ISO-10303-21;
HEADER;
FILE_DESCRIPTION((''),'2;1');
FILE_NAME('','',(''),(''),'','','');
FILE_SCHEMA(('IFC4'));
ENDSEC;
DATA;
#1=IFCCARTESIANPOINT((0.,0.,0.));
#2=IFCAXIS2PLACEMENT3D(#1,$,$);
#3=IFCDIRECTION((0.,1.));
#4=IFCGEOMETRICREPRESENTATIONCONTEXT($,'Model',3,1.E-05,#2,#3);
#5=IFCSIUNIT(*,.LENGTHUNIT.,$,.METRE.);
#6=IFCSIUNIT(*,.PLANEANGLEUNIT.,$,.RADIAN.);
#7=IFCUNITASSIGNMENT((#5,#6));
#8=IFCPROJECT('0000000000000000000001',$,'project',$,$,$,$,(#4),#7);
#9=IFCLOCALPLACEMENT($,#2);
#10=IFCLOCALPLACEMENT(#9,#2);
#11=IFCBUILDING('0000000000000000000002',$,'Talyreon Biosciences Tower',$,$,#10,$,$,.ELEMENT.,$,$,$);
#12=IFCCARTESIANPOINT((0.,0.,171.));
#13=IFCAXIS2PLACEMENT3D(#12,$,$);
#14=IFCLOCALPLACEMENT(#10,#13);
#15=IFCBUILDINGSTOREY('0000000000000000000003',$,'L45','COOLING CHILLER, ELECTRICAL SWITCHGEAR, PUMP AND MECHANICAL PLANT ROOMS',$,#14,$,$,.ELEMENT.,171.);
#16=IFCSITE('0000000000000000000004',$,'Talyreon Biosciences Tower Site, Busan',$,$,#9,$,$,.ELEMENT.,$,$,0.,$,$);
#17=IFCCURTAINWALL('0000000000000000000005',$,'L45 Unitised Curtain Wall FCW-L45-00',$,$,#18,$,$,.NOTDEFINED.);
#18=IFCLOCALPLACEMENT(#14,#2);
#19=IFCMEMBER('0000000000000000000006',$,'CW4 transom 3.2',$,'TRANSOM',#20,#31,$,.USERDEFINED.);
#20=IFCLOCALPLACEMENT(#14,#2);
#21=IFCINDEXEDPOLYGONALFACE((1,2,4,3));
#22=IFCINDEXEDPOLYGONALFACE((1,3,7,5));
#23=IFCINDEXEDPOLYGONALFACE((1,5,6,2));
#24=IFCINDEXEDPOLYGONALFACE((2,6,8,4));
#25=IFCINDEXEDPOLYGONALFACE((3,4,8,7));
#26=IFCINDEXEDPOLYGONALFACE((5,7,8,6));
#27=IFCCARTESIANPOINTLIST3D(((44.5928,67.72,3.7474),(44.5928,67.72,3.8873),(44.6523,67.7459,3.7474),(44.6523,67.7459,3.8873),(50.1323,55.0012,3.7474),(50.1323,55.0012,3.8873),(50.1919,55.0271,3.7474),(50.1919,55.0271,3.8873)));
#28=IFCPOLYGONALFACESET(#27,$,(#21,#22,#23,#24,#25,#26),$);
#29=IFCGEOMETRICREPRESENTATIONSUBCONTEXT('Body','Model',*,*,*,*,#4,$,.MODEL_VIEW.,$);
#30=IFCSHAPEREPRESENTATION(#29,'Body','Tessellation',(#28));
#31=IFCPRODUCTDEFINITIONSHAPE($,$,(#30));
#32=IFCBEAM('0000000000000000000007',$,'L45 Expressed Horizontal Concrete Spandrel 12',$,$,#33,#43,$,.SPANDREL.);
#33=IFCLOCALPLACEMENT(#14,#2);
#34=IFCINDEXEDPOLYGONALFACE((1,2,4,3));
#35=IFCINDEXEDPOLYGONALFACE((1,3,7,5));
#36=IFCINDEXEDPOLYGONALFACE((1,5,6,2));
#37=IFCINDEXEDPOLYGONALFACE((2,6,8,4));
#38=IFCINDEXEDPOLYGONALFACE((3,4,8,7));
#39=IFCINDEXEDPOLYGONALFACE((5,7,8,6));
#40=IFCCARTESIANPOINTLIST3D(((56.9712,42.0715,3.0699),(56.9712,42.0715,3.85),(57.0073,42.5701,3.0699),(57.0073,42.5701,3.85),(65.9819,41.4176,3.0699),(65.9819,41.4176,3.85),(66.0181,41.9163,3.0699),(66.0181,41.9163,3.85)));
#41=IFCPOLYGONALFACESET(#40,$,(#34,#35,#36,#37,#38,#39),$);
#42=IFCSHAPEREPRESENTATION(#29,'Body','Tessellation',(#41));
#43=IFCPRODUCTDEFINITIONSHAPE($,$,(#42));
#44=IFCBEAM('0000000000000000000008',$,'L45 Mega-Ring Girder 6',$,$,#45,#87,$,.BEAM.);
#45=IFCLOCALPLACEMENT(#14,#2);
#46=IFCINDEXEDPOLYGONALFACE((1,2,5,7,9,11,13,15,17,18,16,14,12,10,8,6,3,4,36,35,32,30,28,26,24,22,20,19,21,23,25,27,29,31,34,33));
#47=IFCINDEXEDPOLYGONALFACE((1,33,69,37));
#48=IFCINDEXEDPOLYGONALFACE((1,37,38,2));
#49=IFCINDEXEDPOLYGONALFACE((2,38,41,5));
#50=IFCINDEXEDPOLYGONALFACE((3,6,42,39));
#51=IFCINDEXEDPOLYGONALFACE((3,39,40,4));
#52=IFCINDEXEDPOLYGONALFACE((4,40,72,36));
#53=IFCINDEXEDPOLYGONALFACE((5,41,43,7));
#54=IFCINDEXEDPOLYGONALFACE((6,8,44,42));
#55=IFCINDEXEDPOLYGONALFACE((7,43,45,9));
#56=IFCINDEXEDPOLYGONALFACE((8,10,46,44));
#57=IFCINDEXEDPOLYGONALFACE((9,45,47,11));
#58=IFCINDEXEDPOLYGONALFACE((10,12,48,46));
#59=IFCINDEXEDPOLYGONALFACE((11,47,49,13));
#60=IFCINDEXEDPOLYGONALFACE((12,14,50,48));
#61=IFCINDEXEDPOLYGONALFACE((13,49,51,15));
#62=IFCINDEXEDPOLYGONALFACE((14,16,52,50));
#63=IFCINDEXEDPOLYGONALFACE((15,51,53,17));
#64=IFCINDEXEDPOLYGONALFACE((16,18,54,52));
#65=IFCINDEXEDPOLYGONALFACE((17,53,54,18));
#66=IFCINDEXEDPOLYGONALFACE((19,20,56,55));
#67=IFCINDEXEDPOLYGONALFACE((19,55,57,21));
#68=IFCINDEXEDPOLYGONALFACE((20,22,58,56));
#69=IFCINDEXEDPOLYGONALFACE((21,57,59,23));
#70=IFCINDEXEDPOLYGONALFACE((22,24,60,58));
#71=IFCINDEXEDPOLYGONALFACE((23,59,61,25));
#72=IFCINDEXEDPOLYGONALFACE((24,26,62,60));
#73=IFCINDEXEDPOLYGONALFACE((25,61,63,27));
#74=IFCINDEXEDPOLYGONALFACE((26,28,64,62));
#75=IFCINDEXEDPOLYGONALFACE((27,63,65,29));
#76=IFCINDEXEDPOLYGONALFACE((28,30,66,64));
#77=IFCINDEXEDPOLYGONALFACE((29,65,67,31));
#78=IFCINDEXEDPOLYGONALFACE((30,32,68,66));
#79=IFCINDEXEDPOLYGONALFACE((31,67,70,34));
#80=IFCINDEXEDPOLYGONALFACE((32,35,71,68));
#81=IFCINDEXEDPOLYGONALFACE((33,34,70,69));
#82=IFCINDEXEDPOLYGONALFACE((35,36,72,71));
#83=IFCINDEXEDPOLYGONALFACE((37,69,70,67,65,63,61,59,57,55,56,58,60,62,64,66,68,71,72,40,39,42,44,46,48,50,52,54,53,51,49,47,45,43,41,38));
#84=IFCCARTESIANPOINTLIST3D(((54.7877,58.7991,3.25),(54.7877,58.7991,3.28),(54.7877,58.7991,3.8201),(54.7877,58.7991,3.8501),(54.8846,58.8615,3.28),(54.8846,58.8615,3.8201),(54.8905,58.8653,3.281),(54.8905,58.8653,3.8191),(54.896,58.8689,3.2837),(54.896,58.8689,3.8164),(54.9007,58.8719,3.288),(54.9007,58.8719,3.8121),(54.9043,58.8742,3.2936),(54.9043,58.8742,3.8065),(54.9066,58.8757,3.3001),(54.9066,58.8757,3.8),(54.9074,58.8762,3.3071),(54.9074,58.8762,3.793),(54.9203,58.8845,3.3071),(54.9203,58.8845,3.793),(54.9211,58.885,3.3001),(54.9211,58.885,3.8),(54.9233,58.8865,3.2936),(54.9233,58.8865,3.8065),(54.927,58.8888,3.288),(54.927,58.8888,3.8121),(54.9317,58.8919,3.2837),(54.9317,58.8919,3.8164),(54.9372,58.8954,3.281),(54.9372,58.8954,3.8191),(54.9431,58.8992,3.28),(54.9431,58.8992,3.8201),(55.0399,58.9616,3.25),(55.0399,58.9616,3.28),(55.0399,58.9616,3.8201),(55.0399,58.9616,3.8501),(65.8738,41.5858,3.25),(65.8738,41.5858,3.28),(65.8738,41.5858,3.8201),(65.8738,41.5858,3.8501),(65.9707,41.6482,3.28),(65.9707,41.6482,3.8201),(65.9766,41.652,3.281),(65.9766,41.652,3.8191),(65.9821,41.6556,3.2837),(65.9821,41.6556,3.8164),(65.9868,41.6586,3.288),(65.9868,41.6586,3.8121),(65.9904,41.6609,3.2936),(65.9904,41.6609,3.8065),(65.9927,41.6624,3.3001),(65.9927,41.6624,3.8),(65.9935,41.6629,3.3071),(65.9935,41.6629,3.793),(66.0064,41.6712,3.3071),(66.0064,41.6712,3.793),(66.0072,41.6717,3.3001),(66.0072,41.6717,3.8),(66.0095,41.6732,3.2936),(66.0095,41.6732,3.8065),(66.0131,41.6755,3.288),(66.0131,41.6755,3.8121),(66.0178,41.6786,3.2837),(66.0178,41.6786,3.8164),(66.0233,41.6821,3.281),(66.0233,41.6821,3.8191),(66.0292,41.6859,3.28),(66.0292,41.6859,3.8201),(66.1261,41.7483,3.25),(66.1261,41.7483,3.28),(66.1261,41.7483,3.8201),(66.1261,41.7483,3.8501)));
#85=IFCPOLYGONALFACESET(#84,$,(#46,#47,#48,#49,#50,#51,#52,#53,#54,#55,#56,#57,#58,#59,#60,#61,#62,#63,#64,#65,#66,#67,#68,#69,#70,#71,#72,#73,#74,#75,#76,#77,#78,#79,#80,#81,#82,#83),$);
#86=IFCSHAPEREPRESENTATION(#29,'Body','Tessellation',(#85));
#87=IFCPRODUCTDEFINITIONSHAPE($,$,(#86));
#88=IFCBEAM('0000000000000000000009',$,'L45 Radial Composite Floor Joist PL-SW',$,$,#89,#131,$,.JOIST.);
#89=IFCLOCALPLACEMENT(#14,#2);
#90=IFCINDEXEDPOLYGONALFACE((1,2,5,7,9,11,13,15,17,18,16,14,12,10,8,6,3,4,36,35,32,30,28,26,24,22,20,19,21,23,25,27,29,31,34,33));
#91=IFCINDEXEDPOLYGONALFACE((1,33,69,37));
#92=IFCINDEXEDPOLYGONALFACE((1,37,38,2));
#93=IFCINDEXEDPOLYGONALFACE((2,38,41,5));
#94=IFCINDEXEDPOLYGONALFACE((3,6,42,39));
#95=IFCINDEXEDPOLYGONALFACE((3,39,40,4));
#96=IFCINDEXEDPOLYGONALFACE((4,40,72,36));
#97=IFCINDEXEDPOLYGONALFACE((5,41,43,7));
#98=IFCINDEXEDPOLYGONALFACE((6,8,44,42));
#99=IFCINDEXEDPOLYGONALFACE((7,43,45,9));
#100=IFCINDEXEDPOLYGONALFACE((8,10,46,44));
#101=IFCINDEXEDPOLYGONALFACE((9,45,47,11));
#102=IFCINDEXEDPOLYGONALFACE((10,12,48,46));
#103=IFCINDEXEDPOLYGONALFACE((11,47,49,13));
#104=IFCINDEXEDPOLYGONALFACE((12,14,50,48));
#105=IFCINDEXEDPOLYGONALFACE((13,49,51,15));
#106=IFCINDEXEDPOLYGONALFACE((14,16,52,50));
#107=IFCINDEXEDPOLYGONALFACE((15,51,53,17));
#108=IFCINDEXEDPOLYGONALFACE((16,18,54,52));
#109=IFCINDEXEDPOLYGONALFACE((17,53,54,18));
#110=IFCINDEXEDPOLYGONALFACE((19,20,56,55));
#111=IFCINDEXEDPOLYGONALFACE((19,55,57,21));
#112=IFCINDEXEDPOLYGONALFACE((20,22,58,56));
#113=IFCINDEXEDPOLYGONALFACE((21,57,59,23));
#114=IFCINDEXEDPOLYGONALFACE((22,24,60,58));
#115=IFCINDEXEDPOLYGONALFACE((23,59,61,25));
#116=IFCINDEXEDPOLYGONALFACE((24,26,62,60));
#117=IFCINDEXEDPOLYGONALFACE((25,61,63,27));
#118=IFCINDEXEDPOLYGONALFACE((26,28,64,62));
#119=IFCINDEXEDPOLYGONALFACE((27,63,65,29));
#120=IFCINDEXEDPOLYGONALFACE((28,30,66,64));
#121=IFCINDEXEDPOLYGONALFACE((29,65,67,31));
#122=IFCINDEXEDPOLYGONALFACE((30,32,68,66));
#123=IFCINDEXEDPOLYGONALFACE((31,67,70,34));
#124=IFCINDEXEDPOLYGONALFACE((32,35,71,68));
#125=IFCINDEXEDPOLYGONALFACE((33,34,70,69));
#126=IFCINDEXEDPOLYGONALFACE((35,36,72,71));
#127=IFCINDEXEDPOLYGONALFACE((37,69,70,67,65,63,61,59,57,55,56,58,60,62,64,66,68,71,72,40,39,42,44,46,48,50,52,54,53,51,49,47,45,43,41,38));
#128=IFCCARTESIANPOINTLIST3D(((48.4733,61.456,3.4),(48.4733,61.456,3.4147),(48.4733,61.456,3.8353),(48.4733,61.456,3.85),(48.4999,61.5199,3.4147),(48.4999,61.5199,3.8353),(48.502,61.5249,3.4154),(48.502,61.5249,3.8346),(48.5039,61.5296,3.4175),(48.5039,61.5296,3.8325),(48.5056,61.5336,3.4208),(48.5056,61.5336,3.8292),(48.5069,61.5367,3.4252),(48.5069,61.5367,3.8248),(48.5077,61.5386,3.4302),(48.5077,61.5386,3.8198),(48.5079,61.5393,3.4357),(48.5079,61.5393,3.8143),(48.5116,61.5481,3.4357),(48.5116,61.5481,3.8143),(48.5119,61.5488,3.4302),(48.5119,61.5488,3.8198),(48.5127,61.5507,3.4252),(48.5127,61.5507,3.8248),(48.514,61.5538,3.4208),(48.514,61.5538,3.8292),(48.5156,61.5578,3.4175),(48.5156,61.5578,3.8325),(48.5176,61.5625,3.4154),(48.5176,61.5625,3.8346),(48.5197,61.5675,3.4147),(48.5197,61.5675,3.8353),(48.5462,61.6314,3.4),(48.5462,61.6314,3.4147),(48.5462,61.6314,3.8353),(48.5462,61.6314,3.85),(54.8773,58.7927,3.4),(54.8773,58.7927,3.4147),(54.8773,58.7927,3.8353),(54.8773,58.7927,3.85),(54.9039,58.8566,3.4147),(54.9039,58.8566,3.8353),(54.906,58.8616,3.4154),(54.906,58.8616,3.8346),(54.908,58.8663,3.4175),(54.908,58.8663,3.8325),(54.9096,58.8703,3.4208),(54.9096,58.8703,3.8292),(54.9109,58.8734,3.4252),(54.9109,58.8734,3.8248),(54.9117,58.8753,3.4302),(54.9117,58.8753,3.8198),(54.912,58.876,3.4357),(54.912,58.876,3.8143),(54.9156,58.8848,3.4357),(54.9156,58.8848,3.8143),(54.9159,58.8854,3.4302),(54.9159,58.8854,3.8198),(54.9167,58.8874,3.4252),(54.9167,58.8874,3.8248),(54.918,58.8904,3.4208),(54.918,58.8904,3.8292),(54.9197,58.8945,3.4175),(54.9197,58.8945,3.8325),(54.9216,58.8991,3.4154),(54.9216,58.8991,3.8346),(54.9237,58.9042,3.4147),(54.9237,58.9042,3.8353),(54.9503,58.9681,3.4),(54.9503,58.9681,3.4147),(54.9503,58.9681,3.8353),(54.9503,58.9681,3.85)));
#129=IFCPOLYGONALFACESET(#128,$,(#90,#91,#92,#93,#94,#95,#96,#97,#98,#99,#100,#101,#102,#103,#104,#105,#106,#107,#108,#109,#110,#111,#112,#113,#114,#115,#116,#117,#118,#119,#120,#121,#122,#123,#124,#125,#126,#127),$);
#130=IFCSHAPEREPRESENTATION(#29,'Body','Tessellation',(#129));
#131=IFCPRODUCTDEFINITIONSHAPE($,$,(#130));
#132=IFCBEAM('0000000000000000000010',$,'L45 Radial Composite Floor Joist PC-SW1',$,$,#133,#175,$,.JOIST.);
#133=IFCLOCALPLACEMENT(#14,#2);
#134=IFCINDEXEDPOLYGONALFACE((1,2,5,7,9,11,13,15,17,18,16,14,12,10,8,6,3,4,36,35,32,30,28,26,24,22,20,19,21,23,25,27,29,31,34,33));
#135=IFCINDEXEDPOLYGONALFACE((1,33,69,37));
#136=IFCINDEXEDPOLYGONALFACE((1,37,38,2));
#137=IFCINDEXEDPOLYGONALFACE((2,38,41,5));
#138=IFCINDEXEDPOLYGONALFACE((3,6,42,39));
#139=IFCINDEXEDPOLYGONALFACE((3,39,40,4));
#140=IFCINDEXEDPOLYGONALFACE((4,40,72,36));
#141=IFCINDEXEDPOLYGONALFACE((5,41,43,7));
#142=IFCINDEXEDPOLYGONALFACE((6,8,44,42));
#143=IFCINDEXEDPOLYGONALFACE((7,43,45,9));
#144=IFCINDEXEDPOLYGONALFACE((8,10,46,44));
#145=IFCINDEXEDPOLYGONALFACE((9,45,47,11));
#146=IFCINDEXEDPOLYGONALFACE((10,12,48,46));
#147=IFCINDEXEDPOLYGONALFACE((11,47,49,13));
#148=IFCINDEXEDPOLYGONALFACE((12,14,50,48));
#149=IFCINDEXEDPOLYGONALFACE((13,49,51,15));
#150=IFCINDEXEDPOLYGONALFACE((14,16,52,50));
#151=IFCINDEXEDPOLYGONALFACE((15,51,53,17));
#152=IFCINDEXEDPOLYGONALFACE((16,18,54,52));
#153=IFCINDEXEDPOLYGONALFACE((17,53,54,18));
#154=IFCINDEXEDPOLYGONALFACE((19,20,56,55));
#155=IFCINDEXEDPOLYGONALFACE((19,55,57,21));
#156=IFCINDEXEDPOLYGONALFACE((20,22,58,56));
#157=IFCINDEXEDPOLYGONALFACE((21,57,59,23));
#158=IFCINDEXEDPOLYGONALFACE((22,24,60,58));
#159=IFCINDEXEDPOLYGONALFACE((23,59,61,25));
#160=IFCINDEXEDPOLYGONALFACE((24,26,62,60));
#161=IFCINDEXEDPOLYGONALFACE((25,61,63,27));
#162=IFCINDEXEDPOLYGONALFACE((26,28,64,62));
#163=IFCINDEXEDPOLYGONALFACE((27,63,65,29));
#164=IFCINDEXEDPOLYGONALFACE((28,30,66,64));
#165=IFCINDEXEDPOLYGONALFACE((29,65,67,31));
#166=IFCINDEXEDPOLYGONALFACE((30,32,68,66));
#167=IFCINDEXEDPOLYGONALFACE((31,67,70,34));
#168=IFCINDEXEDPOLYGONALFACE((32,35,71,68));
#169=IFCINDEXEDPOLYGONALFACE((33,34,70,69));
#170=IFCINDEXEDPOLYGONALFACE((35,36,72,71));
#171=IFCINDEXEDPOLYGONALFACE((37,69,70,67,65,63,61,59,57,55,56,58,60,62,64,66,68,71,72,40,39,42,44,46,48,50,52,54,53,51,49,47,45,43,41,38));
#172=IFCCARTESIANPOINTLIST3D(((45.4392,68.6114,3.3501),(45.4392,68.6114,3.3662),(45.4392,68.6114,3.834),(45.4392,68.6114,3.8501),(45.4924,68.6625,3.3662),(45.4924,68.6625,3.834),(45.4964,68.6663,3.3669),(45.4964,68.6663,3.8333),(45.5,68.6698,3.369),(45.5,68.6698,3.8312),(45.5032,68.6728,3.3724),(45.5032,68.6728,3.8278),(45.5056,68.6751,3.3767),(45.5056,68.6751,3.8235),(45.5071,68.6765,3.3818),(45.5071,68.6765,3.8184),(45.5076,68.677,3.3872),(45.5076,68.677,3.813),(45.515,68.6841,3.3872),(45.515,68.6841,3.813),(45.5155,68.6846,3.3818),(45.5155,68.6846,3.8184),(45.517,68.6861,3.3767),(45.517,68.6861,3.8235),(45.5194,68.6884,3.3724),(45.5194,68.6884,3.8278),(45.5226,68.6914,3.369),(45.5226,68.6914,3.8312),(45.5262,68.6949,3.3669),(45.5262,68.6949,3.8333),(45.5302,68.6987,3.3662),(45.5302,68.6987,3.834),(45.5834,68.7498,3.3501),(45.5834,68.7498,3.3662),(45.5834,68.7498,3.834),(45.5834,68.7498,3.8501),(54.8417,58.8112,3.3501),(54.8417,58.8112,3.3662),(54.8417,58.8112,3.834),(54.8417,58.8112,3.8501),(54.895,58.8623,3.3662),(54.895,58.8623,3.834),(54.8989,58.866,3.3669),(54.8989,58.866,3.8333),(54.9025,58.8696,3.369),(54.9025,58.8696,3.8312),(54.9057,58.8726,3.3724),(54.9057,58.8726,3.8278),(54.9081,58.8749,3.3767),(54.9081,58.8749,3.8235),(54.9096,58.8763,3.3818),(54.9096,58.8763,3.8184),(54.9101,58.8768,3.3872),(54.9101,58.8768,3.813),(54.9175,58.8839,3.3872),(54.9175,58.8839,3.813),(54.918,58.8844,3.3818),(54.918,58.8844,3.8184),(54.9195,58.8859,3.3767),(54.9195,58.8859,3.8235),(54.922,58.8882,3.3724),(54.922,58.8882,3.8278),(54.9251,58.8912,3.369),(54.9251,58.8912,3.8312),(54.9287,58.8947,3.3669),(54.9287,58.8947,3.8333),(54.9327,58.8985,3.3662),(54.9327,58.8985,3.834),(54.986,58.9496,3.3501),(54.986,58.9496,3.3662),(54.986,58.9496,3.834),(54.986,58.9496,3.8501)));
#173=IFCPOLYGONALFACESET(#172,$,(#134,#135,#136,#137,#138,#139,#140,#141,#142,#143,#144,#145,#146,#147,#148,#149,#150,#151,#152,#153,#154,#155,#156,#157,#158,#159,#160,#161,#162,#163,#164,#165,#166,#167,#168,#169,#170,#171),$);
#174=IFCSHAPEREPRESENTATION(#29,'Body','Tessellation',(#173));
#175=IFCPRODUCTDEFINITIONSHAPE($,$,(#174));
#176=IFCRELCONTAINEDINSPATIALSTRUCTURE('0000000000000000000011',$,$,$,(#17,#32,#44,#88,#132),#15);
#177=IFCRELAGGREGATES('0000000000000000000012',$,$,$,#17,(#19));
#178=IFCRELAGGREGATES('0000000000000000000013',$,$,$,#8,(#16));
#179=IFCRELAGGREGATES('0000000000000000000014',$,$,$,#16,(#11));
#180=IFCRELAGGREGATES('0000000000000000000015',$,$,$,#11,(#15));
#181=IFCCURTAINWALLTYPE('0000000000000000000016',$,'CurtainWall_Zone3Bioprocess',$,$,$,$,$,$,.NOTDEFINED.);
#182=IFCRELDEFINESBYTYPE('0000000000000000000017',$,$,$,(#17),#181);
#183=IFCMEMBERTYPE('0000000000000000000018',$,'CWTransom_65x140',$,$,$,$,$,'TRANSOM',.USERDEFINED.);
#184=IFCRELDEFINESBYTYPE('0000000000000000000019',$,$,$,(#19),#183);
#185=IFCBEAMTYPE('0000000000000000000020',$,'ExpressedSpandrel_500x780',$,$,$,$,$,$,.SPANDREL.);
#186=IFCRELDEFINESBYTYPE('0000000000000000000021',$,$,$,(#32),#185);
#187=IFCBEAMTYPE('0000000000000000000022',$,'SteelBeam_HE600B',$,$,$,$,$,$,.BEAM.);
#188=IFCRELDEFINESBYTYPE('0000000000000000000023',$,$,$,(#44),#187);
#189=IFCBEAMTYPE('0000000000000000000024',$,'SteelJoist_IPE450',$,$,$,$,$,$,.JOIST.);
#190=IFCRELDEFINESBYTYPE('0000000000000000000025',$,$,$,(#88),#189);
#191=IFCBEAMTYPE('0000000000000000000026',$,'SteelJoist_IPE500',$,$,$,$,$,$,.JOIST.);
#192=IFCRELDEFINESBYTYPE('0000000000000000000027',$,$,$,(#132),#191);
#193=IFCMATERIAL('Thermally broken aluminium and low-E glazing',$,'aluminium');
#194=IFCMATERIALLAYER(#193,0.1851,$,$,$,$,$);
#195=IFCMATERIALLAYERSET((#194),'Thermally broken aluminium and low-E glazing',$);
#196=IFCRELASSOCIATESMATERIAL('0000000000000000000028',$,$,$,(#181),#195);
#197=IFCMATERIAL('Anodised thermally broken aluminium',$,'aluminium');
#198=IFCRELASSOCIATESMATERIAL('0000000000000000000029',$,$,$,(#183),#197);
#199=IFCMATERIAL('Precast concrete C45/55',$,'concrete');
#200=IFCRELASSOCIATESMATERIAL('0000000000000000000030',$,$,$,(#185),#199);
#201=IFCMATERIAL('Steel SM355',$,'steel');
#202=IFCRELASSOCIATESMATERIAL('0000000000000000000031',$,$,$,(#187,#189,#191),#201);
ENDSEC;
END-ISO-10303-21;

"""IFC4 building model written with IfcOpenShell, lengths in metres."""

from ifc_helpers import new_model, si_unit, direction, frame, origin, origin_2d, place, context, subcontext, project, spatial, rectangle, i_section, extrude, material, layer, layer_set, material_profile, profile_set, type_object, element, aggregate, save


model = new_model("IFC4")

# Units and contexts
model_context = context("Model", 3, precision=1e-05, world=origin(), true_north=direction((0.0, 1.0)))
body_context = subcontext(model_context, "Body", "Model", "MODEL_VIEW")
ifc_project = project(units=[si_unit("LENGTHUNIT", "METRE"), si_unit("PLANEANGLEUNIT", "RADIAN")], contexts=[model_context])

# Site, building, storey
site_placement = place(None, origin())
site = spatial("IfcSite", under=ifc_project, at=site_placement, Name="Talyreon Biosciences Tower Site, Busan", CompositionType="ELEMENT", RefElevation=0.0)
building_placement = place(site_placement, origin())
building = spatial("IfcBuilding", under=site, at=building_placement, Name="Talyreon Biosciences Tower", CompositionType="ELEMENT")
storey_placement = place(building_placement, frame((0.0, 0.0, 171.0)))
storey = spatial("IfcBuildingStorey", under=building, at=storey_placement, Name="L45", Description="COOLING CHILLER, ELECTRICAL SWITCHGEAR, PUMP AND MECHANICAL PLANT ROOMS", CompositionType="ELEMENT", Elevation=171.0)

# Shared definitions
ifc_material_1 = material(Name="Steel SM355", Category="steel")

# Curtain wall, member
ifc_material_2 = material(Name="Thermally broken aluminium and low-E glazing", Category="aluminium")
ifc_layer_1 = layer(ifc_material_2, 0.1851)
ifc_layer_set_1 = layer_set([ifc_layer_1], Name="Thermally broken aluminium and low-E glazing")
curtain_wall_type = type_object("IfcCurtainWallType", Name="CurtainWall_Zone3Bioprocess", PredefinedType="NOTDEFINED", material=ifc_layer_set_1)
curtain_wall_placement = place(storey_placement, origin())
curtain_wall = element("IfcCurtainWall", 1, at=curtain_wall_placement, inside=storey, type_object=curtain_wall_type, Name="L45 Unitised Curtain Wall FCW-L45-00", PredefinedType="NOTDEFINED")
ifc_material_3 = material(Name="Anodised thermally broken aluminium", Category="aluminium")
ifc_material_profile_1 = material_profile(ifc_material_3, rectangle(XDim=0.0649, YDim=0.1399, at=origin_2d()), Name="ALUM TRANSOM 65x140")
ifc_profile_set_1 = profile_set([ifc_material_profile_1], Name="Anodised thermally broken aluminium")
member_type_1 = type_object("IfcMemberType", Name="CWTransom_65x140", ElementType="TRANSOM", PredefinedType="USERDEFINED", material=ifc_profile_set_1)
member_1_placement = place(storey_placement, frame((50.1621, 55.0142, 3.8174), z_axis=(-0.399312, 0.916815, 0.0), x_axis=(-0.916815, -0.399312, 0.0)))
member_1 = element("IfcMember", 2, at=member_1_placement, type_object=member_type_1, Name="CW4 transom 3.2", ObjectType="TRANSOM", PredefinedType="USERDEFINED", context=body_context, shape_type="SweptSolid", body=[
    extrude(rectangle(XDim=0.0649, YDim=0.1399, at=origin_2d()), origin(), (0.0, 0.0, 1.0), 13.8728),
])

# Beams
ifc_material_4 = material(Name="Precast concrete C45/55", Category="concrete")
ifc_material_profile_2 = material_profile(ifc_material_4, rectangle(XDim=0.5, YDim=0.78, at=origin_2d()), Name="RCB 500x780")
ifc_profile_set_2 = profile_set([ifc_material_profile_2], Name="Precast concrete C45/55")
beam_type_1 = type_object("IfcBeamType", Name="ExpressedSpandrel_500x780", PredefinedType="SPANDREL", material=ifc_profile_set_2)
beam_1_placement = place(storey_placement, frame((56.9893, 42.3208, 3.46), z_axis=(0.997378, -0.072369, 0.0), x_axis=(0.072369, 0.997378, 0.0)))
element("IfcBeam", 3, at=beam_1_placement, inside=storey, type_object=beam_type_1, Name="L45 Expressed Horizontal Concrete Spandrel 12", PredefinedType="SPANDREL", context=body_context, shape_type="SweptSolid", body=[
    extrude(rectangle(XDim=0.5, YDim=0.78, at=origin_2d()), origin(), (0.0, 0.0, 1.0), 9.0344),
])
ifc_material_profile_3 = material_profile(ifc_material_1, i_section(OverallWidth=0.3, OverallDepth=0.6001, WebThickness=0.0154, FlangeThickness=0.03, FilletRadius=0.0271, at=origin_2d()), Name="HE600B")
ifc_profile_set_3 = profile_set([ifc_material_profile_3], Name="Steel SM355")
beam_type_2 = type_object("IfcBeamType", Name="SteelBeam_HE600B", PredefinedType="BEAM", material=ifc_profile_set_3)
beam_2_placement = place(storey_placement, frame((54.9138, 58.8804, 3.55), z_axis=(0.541464, -0.840724, 0.0), x_axis=(0.840724, 0.541464, 0.0)))
element("IfcBeam", 4, at=beam_2_placement, inside=storey, type_object=beam_type_2, Name="L45 Mega-Ring Girder 6", PredefinedType="BEAM", context=body_context, shape_type="SweptSolid", body=[
    extrude(i_section(OverallWidth=0.3, OverallDepth=0.6001, WebThickness=0.0154, FlangeThickness=0.03, FilletRadius=0.0271, at=origin_2d()), origin(), (0.0, 0.0, 1.0), 20.4744),
])
ifc_material_profile_4 = material_profile(ifc_material_1, i_section(OverallWidth=0.1899, OverallDepth=0.45, WebThickness=0.0095, FlangeThickness=0.0146, FilletRadius=0.021, at=origin_2d()), Name="IPE450")
ifc_profile_set_4 = profile_set([ifc_material_profile_4], Name="Steel SM355")
beam_type_3 = type_object("IfcBeamType", Name="SteelJoist_IPE450", PredefinedType="JOIST", material=ifc_profile_set_4)
beam_3_placement = place(storey_placement, frame((54.9138, 58.8804, 3.625), z_axis=(-0.923334, 0.383998, 0.0), x_axis=(-0.383998, -0.923334, 0.0)))
element("IfcBeam", 5, at=beam_3_placement, inside=storey, type_object=beam_type_3, Name="L45 Radial Composite Floor Joist PL-SW", PredefinedType="JOIST", context=body_context, shape_type="SweptSolid", body=[
    extrude(i_section(OverallWidth=0.1899, OverallDepth=0.45, WebThickness=0.0095, FlangeThickness=0.0146, FilletRadius=0.021, at=origin_2d()), origin(), (0.0, 0.0, 1.0), 6.9358),
])
ifc_material_profile_5 = material_profile(ifc_material_1, i_section(OverallWidth=0.2, OverallDepth=0.5, WebThickness=0.0103, FlangeThickness=0.0161, FilletRadius=0.021, at=origin_2d()), Name="IPE500")
ifc_profile_set_5 = profile_set([ifc_material_profile_5], Name="Steel SM355")
beam_type_4 = type_object("IfcBeamType", Name="SteelJoist_IPE500", PredefinedType="JOIST", material=ifc_profile_set_5)
beam_4_placement = place(storey_placement, frame((54.9138, 58.8804, 3.6001), z_axis=(-0.692314, 0.721597, 0.0), x_axis=(-0.721597, -0.692314, 0.0)))
element("IfcBeam", 6, at=beam_4_placement, inside=storey, type_object=beam_type_4, Name="L45 Radial Composite Floor Joist PC-SW1", PredefinedType="JOIST", context=body_context, shape_type="SweptSolid", body=[
    extrude(i_section(OverallWidth=0.2, OverallDepth=0.5, WebThickness=0.0103, FlangeThickness=0.0161, FilletRadius=0.021, at=origin_2d()), origin(), (0.0, 0.0, 1.0), 13.5813),
])

aggregate(curtain_wall, [member_1])

save(model, "model.ifc")
